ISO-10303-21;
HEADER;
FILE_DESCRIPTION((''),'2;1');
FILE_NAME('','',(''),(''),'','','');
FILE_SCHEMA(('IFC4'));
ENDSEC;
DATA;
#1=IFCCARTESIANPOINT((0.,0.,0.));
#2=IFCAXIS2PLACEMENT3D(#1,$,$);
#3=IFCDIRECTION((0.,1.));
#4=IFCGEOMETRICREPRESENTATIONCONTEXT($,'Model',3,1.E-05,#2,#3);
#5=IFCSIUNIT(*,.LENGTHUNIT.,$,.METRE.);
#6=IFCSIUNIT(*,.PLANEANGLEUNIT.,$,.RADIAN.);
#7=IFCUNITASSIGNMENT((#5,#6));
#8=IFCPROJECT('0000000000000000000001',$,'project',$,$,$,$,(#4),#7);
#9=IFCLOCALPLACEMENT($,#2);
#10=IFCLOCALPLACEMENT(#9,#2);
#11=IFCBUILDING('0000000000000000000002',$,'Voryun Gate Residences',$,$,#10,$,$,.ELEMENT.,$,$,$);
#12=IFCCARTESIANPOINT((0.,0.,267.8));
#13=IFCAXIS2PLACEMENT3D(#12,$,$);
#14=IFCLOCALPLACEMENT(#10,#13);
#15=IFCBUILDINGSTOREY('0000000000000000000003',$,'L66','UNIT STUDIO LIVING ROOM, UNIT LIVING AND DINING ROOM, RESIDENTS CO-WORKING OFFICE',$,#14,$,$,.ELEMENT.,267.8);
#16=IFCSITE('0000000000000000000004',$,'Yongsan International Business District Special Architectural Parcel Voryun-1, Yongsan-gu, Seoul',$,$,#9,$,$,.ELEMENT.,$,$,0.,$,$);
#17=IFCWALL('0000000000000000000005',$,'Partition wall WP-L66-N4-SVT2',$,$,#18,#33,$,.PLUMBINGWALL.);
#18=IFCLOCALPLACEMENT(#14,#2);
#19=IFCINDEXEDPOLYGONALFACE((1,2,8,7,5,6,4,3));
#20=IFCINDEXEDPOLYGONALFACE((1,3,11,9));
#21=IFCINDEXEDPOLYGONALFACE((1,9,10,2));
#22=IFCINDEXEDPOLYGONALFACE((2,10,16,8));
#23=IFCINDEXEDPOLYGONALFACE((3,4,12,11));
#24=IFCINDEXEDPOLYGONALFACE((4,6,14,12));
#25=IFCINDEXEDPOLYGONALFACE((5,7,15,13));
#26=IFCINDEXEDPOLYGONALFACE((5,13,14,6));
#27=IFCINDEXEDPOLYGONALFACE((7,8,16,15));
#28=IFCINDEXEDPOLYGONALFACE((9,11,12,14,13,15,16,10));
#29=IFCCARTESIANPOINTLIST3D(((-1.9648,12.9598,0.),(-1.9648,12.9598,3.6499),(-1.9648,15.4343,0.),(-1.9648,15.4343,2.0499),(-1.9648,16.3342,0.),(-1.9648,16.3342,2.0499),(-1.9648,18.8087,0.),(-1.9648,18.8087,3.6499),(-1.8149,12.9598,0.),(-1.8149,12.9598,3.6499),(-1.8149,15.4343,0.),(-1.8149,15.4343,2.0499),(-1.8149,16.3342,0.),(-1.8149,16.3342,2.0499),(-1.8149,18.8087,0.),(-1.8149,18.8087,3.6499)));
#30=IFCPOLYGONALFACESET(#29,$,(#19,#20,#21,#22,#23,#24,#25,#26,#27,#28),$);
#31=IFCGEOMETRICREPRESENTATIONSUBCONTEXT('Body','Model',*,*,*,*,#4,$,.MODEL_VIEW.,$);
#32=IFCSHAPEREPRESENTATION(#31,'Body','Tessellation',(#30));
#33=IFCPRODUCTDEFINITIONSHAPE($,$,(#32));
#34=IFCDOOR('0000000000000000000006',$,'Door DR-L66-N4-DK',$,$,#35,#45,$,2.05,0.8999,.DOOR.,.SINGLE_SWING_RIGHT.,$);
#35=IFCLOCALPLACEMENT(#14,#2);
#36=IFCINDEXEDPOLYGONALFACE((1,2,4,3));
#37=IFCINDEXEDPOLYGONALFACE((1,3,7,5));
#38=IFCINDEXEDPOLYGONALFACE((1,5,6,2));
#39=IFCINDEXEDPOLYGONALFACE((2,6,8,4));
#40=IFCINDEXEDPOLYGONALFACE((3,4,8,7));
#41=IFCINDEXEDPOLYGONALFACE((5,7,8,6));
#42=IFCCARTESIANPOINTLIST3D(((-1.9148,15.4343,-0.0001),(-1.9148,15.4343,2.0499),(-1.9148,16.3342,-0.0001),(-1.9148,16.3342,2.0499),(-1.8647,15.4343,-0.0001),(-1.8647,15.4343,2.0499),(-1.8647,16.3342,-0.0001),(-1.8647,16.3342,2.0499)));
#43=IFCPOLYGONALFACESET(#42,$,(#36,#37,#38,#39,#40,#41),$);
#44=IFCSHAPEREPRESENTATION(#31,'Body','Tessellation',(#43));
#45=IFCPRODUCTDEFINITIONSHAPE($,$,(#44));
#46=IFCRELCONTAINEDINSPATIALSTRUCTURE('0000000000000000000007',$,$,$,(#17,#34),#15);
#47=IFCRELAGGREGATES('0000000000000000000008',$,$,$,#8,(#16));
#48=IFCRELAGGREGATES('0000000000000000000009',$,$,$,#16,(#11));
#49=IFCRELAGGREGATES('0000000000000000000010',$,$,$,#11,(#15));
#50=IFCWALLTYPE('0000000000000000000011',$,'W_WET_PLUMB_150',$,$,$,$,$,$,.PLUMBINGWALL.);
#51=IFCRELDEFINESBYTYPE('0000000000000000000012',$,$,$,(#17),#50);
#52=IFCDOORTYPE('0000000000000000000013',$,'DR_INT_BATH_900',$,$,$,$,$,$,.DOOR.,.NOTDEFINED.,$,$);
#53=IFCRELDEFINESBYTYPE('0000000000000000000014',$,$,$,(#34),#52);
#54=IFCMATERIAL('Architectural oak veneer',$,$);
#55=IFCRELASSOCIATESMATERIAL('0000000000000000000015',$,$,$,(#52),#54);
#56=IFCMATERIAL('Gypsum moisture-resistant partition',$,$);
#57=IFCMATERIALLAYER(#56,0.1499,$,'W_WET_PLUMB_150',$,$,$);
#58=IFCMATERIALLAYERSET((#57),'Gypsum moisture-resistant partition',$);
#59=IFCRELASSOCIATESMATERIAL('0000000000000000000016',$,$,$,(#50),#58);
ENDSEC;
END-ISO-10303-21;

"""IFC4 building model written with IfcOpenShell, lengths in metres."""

from ifc_helpers import new_model, si_unit, direction, frame, frame_2d, origin, place, context, subcontext, project, spatial, rectangle, extrude, material, layer, layer_set, type_object, element, fill, save


model = new_model("IFC4")

# Units and contexts
model_context = context("Model", 3, precision=1e-05, world=origin(), true_north=direction((0.0, 1.0)))
body_context = subcontext(model_context, "Body", "Model", "MODEL_VIEW")
ifc_project = project(units=[si_unit("LENGTHUNIT", "METRE"), si_unit("PLANEANGLEUNIT", "RADIAN")], contexts=[model_context])

# Site, building, storey
site_placement = place(None, origin())
site = spatial("IfcSite", under=ifc_project, at=site_placement, Name="Yongsan International Business District Special Architectural Parcel Voryun-1, Yongsan-gu, Seoul", CompositionType="ELEMENT", RefElevation=0.0)
building_placement = place(site_placement, origin())
building = spatial("IfcBuilding", under=site, at=building_placement, Name="Voryun Gate Residences", CompositionType="ELEMENT")
storey_placement = place(building_placement, frame((0.0, 0.0, 267.8)))
storey = spatial("IfcBuildingStorey", under=building, at=storey_placement, Name="L66", Description="UNIT STUDIO LIVING ROOM, UNIT LIVING AND DINING ROOM, RESIDENTS CO-WORKING OFFICE", CompositionType="ELEMENT", Elevation=267.8)

# Shared definitions
ifc_material_1 = material(Name="Architectural oak veneer")
door_type_1 = type_object("IfcDoorType", Name="DR_INT_BATH_900", OperationType="NOTDEFINED", PredefinedType="DOOR", material=ifc_material_1)

# Wall, opening, door
ifc_material_2 = material(Name="Gypsum moisture-resistant partition")
ifc_layer_1 = layer(ifc_material_2, 0.1499, Name="W_WET_PLUMB_150")
ifc_layer_set_1 = layer_set([ifc_layer_1], Name="Gypsum moisture-resistant partition")
wall_type_1 = type_object("IfcWallType", Name="W_WET_PLUMB_150", PredefinedType="PLUMBINGWALL", material=ifc_layer_set_1)
wall_1_placement = place(storey_placement, frame((-1.8899, 12.96, 0.0), z_axis=(0.0, 0.0, 1.0), x_axis=(0.0, 1.0, 0.0)))
wall_1 = element("IfcWall", 1, at=wall_1_placement, inside=storey, type_object=wall_type_1, Name="Partition wall WP-L66-N4-SVT2", PredefinedType="PLUMBINGWALL", context=body_context, shape_type="SweptSolid", body=[
    extrude(rectangle(XDim=5.8489, YDim=0.1499, at=frame_2d((2.9243, 0.0))), origin(), (0.0, 0.0, 1.0), 3.6499),
])
opening_1_placement = place(wall_1_placement, frame((2.4744, 0.0, 0.0)))
opening_1 = element("IfcOpeningElement", 2, at=opening_1_placement, cuts=wall_1, PredefinedType="OPENING", context=body_context, shape_type="SweptSolid", body=[
    extrude(rectangle(XDim=0.8999, YDim=2.05, at=frame_2d((0.45, 1.0249))), frame((0.0, 0.085, 0.0), z_axis=(0.0, -1.0, 0.0), x_axis=(1.0, 0.0, 0.0)), (0.0, 0.0, 1.0), 0.1699),
])
door_1_placement = place(opening_1_placement, origin())
door_1 = element("IfcDoor", 3, at=door_1_placement, inside=storey, type_object=door_type_1, Name="Door DR-L66-N4-DK", OperationType="SINGLE_SWING_RIGHT", OverallHeight=2.05, OverallWidth=0.8999, PredefinedType="DOOR", context=body_context, shape_type="SweptSolid", body=[
    extrude(rectangle(XDim=0.8999, YDim=2.05, at=frame_2d((0.45, 1.0249))), frame((0.0, 0.0249, 0.0), z_axis=(0.0, -1.0, 0.0), x_axis=(1.0, 0.0, 0.0)), (0.0, 0.0, 1.0), 0.05),
])
fill(opening_1, door_1)

save(model, "model.ifc")
